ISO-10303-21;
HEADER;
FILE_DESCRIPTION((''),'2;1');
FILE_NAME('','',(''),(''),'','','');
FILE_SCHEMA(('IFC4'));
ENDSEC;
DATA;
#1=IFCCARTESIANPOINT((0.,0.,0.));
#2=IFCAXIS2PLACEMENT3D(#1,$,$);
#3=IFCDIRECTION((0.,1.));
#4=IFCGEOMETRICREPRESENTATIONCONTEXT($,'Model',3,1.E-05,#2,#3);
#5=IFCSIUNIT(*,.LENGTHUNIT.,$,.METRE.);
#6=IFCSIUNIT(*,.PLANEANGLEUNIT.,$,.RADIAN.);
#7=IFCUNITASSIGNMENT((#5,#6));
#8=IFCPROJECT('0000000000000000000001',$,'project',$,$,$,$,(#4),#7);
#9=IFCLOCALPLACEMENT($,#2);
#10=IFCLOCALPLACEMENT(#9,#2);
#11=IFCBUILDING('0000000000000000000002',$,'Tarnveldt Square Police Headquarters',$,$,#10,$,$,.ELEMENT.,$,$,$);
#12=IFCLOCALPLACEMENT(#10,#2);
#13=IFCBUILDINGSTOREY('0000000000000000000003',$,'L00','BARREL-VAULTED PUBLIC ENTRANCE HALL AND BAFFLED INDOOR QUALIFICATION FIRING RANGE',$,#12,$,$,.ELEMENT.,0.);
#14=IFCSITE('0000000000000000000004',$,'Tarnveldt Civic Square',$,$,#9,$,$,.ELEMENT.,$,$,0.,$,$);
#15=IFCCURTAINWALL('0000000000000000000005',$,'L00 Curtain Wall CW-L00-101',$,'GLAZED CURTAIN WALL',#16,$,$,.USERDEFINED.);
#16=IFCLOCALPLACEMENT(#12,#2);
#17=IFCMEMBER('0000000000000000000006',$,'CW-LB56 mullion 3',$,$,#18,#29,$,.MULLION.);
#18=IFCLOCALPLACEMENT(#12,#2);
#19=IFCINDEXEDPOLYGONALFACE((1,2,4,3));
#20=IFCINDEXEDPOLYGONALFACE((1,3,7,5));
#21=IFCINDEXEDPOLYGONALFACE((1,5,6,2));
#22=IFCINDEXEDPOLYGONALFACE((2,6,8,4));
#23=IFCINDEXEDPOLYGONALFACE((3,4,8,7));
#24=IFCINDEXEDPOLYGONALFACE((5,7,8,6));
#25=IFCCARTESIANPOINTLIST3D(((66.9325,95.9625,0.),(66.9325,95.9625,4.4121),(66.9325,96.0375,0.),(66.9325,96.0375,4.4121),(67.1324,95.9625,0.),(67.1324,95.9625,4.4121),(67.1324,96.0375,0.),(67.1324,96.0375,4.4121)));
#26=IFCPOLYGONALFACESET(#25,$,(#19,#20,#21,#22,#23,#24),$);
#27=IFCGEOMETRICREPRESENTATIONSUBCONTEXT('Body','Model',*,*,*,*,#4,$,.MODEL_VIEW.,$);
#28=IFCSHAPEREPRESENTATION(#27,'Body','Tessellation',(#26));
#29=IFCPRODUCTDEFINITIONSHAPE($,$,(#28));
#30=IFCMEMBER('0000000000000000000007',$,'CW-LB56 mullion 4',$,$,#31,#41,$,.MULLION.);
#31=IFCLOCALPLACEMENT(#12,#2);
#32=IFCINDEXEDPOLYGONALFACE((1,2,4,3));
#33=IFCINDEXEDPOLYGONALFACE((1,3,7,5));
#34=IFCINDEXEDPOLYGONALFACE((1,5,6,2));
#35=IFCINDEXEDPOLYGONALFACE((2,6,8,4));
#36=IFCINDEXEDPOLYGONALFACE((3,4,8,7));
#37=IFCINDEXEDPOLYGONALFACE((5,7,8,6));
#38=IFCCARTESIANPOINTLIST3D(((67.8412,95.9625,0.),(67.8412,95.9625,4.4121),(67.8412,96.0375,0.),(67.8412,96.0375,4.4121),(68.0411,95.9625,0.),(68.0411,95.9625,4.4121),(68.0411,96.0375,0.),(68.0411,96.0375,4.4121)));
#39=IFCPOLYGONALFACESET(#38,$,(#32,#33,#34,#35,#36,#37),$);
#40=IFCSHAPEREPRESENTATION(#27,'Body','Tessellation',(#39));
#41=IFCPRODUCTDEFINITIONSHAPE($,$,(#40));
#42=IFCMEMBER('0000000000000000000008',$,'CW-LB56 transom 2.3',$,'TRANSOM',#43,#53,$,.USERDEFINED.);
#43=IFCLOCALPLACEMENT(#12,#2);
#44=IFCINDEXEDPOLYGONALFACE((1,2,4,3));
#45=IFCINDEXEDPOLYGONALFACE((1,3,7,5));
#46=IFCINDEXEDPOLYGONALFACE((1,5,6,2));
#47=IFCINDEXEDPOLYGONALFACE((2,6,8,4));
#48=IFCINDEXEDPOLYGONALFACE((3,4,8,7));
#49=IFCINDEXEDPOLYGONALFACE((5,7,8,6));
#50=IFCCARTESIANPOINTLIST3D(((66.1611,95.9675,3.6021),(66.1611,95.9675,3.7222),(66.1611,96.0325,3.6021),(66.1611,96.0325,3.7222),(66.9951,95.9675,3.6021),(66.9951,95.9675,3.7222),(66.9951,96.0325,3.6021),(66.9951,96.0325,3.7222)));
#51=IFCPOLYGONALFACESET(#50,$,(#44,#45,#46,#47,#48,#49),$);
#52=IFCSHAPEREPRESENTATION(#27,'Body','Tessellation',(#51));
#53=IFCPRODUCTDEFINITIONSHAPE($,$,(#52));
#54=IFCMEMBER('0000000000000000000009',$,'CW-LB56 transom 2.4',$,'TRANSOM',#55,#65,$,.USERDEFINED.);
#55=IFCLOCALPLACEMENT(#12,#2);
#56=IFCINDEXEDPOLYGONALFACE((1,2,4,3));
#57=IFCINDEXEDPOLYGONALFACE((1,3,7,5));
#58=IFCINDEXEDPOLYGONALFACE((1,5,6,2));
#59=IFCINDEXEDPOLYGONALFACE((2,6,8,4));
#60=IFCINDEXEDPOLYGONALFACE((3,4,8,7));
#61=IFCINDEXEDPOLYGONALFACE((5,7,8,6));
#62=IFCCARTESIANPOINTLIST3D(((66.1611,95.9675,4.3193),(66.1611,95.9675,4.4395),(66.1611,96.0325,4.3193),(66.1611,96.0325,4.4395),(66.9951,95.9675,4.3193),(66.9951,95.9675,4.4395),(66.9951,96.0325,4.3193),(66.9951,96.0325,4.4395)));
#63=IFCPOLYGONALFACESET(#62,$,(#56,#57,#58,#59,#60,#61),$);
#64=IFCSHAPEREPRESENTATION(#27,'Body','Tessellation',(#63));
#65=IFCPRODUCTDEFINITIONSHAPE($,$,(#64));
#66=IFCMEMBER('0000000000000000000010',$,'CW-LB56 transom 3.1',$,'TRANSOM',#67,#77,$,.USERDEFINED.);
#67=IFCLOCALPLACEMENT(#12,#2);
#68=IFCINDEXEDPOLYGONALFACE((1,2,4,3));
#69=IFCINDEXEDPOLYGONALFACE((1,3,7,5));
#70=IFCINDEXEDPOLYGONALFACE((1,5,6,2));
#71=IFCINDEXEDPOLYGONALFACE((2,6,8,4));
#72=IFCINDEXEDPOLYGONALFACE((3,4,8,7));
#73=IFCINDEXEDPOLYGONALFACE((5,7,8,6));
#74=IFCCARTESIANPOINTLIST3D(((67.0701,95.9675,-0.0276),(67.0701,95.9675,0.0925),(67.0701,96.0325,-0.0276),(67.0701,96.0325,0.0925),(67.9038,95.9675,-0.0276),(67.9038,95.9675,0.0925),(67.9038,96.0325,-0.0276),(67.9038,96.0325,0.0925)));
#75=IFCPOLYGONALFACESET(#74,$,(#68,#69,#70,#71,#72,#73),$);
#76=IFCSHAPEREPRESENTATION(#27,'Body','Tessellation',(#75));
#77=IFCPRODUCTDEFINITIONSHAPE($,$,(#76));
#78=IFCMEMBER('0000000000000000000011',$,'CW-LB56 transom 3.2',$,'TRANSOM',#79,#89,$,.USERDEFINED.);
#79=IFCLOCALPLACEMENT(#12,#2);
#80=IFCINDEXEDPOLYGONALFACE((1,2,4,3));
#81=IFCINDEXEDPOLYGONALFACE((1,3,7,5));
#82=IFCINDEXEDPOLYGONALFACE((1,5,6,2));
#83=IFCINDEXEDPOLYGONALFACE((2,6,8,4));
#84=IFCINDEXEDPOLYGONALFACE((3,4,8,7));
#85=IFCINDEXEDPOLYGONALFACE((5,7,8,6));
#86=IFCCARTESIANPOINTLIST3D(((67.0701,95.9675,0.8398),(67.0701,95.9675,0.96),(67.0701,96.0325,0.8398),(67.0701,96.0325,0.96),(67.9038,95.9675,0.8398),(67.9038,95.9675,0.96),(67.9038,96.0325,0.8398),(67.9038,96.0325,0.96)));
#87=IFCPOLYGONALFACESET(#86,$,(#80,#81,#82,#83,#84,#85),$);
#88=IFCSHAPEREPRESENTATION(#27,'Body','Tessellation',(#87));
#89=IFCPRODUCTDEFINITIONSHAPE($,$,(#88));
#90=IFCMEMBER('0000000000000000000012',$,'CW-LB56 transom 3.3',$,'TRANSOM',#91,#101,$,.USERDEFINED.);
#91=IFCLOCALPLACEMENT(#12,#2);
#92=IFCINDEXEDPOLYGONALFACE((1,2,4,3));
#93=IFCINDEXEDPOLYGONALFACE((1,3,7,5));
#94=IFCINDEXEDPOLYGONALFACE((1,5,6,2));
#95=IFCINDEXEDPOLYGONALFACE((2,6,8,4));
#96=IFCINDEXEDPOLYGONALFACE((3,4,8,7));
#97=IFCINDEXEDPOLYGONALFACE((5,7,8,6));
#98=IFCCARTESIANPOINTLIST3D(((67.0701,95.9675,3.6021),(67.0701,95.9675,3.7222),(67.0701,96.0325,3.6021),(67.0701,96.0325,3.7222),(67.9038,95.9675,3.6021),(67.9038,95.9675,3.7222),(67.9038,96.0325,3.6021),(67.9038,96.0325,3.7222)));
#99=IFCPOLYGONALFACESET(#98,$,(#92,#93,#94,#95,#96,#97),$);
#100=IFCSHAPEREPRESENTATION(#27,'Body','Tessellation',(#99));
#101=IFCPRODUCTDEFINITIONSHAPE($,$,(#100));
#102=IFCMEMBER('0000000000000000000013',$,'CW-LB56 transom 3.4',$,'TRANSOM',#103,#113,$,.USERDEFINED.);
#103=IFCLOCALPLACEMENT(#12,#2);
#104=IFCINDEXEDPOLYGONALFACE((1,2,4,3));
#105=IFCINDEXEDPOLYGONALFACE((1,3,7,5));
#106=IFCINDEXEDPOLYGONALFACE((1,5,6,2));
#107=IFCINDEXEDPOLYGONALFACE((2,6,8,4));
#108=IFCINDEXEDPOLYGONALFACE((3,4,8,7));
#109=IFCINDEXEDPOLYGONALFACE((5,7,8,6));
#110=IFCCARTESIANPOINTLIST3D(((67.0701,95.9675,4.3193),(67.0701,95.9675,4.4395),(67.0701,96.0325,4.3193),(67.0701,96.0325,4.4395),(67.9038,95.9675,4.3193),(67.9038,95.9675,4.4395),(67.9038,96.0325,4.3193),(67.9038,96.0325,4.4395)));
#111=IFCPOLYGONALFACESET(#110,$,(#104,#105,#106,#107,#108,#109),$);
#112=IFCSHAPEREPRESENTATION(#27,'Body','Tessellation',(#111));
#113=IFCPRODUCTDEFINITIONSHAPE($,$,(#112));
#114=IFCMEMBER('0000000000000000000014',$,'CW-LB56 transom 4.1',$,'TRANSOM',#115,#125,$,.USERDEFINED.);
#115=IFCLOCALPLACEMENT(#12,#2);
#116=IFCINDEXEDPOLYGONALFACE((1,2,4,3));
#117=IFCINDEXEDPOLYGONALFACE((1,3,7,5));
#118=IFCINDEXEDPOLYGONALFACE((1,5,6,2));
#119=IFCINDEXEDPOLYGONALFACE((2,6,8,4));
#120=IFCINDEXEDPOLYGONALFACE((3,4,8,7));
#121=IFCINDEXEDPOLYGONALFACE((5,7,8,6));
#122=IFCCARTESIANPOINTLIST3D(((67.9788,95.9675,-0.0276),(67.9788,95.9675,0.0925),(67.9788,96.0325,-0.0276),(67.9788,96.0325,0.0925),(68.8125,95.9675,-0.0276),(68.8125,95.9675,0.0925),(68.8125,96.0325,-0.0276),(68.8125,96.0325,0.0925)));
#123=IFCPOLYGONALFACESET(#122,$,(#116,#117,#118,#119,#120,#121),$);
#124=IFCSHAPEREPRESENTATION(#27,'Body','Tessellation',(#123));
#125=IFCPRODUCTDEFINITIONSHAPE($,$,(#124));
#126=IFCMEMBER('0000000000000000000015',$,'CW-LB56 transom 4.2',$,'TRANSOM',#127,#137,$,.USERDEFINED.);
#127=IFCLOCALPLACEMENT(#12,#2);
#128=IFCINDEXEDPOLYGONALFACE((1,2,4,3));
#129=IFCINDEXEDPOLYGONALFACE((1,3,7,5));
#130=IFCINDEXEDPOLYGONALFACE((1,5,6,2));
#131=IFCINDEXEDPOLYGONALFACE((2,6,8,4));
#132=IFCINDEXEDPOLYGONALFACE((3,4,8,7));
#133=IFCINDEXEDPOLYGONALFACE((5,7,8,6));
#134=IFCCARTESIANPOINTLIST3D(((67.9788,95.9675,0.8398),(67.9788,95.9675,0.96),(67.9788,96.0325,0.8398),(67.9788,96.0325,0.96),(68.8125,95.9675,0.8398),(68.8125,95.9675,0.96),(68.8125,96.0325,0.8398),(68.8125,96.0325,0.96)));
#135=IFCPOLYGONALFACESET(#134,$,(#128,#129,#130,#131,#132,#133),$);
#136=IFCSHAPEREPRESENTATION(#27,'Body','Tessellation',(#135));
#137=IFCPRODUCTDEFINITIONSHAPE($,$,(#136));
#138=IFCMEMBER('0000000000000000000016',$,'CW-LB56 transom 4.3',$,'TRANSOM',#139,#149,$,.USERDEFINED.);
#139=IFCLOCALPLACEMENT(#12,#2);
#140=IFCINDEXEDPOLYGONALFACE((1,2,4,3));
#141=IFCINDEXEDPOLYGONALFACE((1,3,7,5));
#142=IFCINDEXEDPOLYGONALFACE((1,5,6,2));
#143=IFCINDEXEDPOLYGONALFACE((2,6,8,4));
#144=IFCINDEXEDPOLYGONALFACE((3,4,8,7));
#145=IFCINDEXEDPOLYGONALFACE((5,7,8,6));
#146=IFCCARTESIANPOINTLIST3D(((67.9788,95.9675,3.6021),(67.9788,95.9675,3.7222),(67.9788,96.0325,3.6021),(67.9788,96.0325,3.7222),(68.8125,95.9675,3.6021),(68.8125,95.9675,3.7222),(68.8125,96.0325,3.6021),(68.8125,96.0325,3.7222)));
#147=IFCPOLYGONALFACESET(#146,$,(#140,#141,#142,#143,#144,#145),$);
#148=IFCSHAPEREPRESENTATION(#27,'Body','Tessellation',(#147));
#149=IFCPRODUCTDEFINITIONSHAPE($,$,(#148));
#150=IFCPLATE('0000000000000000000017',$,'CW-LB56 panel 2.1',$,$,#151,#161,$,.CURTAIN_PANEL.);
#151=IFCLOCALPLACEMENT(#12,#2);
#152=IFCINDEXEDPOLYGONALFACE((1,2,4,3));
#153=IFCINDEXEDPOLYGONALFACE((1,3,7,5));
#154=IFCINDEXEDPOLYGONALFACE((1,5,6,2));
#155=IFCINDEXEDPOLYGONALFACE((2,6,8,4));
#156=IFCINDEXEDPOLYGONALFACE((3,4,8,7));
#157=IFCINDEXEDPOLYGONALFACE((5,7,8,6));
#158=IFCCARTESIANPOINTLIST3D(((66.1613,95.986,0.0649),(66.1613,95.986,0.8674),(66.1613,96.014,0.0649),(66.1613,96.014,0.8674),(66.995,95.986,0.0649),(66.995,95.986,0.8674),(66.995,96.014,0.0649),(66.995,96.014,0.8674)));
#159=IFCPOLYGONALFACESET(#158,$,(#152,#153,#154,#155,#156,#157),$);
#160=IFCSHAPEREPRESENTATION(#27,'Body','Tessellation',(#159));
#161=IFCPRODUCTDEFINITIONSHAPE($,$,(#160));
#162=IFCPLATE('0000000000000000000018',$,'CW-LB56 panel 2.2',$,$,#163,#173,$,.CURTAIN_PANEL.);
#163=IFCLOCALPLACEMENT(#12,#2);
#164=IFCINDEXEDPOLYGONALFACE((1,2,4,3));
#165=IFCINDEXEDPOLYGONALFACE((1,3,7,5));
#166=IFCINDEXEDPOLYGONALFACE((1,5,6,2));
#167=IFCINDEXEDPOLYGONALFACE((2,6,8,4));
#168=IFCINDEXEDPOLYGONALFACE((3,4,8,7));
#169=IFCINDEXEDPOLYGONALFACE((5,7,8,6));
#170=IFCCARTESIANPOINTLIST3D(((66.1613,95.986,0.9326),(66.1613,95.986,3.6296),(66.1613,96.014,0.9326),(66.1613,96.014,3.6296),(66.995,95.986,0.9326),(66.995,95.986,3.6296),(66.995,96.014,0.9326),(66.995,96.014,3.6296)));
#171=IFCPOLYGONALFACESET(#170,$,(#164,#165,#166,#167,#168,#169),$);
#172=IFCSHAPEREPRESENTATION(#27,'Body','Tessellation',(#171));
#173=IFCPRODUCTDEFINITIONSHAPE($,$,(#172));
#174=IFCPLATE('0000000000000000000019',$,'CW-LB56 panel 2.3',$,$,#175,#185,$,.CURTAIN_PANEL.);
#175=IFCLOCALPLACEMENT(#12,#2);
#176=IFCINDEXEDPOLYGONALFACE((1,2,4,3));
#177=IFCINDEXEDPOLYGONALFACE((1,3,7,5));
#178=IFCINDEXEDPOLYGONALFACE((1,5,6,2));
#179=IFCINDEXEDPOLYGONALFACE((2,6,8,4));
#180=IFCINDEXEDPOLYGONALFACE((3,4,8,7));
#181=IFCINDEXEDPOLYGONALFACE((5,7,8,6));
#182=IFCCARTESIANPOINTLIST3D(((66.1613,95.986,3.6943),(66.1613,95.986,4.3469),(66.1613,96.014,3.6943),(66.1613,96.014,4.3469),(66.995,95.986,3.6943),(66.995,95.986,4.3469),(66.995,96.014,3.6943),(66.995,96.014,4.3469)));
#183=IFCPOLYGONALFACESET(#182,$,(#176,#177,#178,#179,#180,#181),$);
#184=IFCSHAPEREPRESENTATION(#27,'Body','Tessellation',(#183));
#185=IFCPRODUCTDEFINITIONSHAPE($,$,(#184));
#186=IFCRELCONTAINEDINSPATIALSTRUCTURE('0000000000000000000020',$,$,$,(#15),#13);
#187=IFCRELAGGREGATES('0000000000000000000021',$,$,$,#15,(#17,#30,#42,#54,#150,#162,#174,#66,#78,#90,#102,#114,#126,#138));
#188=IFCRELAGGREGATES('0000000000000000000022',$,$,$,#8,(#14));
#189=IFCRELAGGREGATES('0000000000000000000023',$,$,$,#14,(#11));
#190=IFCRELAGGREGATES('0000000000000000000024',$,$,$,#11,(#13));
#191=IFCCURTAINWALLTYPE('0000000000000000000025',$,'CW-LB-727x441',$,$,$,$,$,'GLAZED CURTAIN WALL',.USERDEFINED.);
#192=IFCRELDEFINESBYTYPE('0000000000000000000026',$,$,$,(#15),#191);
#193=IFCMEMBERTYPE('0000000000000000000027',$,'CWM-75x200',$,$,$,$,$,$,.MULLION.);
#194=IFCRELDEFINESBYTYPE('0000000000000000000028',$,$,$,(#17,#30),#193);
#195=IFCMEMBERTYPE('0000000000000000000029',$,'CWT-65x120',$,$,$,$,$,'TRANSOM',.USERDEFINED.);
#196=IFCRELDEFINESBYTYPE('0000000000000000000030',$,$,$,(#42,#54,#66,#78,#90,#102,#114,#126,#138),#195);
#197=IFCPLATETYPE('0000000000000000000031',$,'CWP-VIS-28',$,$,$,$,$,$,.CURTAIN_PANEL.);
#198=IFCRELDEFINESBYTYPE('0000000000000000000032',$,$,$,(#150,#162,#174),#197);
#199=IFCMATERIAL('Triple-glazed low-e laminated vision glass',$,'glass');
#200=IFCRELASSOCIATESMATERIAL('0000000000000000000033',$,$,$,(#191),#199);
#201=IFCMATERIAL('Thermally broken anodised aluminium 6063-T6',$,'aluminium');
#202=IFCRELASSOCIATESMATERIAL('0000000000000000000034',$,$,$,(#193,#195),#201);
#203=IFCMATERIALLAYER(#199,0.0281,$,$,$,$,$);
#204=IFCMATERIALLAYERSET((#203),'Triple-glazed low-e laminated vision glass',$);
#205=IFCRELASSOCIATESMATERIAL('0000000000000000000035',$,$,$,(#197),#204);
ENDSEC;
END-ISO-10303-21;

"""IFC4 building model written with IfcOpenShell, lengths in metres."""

from ifc_helpers import new_model, si_unit, direction, frame, origin, origin_2d, place, context, subcontext, project, spatial, rectangle, extrude, material, layer, layer_set, material_profile, profile_set, type_object, element, aggregate, save


model = new_model("IFC4")

# Units and contexts
model_context = context("Model", 3, precision=1e-05, world=origin(), true_north=direction((0.0, 1.0)))
body_context = subcontext(model_context, "Body", "Model", "MODEL_VIEW")
ifc_project = project(units=[si_unit("LENGTHUNIT", "METRE"), si_unit("PLANEANGLEUNIT", "RADIAN")], contexts=[model_context])

# Site, building, storey
site_placement = place(None, origin())
site = spatial("IfcSite", under=ifc_project, at=site_placement, Name="Tarnveldt Civic Square", CompositionType="ELEMENT", RefElevation=0.0)
building_placement = place(site_placement, origin())
building = spatial("IfcBuilding", under=site, at=building_placement, Name="Tarnveldt Square Police Headquarters", CompositionType="ELEMENT")
storey_placement = place(building_placement, origin())
storey = spatial("IfcBuildingStorey", under=building, at=storey_placement, Name="L00", Description="BARREL-VAULTED PUBLIC ENTRANCE HALL AND BAFFLED INDOOR QUALIFICATION FIRING RANGE", CompositionType="ELEMENT", Elevation=0.0)

# Curtain wall, members, plates
ifc_material_1 = material(Name="Triple-glazed low-e laminated vision glass", Category="glass")
curtain_wall_type = type_object("IfcCurtainWallType", Name="CW-LB-727x441", ElementType="GLAZED CURTAIN WALL", PredefinedType="USERDEFINED", material=ifc_material_1)
curtain_wall_placement = place(storey_placement, origin())
curtain_wall = element("IfcCurtainWall", 1, at=curtain_wall_placement, inside=storey, type_object=curtain_wall_type, Name="L00 Curtain Wall CW-L00-101", ObjectType="GLAZED CURTAIN WALL", PredefinedType="USERDEFINED")
ifc_material_2 = material(Name="Thermally broken anodised aluminium 6063-T6", Category="aluminium")
ifc_material_profile_1 = material_profile(ifc_material_2, rectangle(XDim=0.075, YDim=0.2, at=origin_2d()), Name="CW-M75x200")
ifc_profile_set_1 = profile_set([ifc_material_profile_1], Name="Thermally broken anodised aluminium 6063-T6")
member_type_1 = type_object("IfcMemberType", Name="CWM-75x200", PredefinedType="MULLION", material=ifc_profile_set_1)
member_1_placement = place(storey_placement, frame((67.0325, 96.0, 0.0), z_axis=(0.0, 0.0, 1.0), x_axis=(0.0, 1.0, 0.0)))
member_1 = element("IfcMember", 2, at=member_1_placement, type_object=member_type_1, Name="CW-LB56 mullion 3", PredefinedType="MULLION", context=body_context, shape_type="SweptSolid", body=[
    extrude(rectangle(XDim=0.075, YDim=0.2, at=origin_2d()), origin(), (0.0, 0.0, 1.0), 4.4121),
])
member_2_placement = place(storey_placement, frame((67.9412, 96.0, 0.0), z_axis=(0.0, 0.0, 1.0), x_axis=(0.0, 1.0, 0.0)))
member_2 = element("IfcMember", 3, at=member_2_placement, type_object=member_type_1, Name="CW-LB56 mullion 4", PredefinedType="MULLION", context=body_context, shape_type="SweptSolid", body=[
    extrude(rectangle(XDim=0.075, YDim=0.2, at=origin_2d()), origin(), (0.0, 0.0, 1.0), 4.4121),
])
ifc_material_profile_2 = material_profile(ifc_material_2, rectangle(XDim=0.0649, YDim=0.1201, at=origin_2d()), Name="CW-T65x120")
ifc_profile_set_2 = profile_set([ifc_material_profile_2], Name="Thermally broken anodised aluminium 6063-T6")
member_type_2 = type_object("IfcMemberType", Name="CWT-65x120", ElementType="TRANSOM", PredefinedType="USERDEFINED", material=ifc_profile_set_2)
member_3_placement = place(storey_placement, frame((66.1611, 96.0, 3.6621), z_axis=(1.0, 0.0, 0.0), x_axis=(0.0, 1.0, 0.0)))
member_3 = element("IfcMember", 4, at=member_3_placement, type_object=member_type_2, Name="CW-LB56 transom 2.3", ObjectType="TRANSOM", PredefinedType="USERDEFINED", context=body_context, shape_type="SweptSolid", body=[
    extrude(rectangle(XDim=0.0649, YDim=0.1201, at=origin_2d()), origin(), (0.0, 0.0, 1.0), 0.834),
])
member_4_placement = place(storey_placement, frame((66.1611, 96.0, 4.3794), z_axis=(1.0, 0.0, 0.0), x_axis=(0.0, 1.0, 0.0)))
member_4 = element("IfcMember", 5, at=member_4_placement, type_object=member_type_2, Name="CW-LB56 transom 2.4", ObjectType="TRANSOM", PredefinedType="USERDEFINED", context=body_context, shape_type="SweptSolid", body=[
    extrude(rectangle(XDim=0.0649, YDim=0.1201, at=origin_2d()), origin(), (0.0, 0.0, 1.0), 0.834),
])
member_5_placement = place(storey_placement, frame((67.0701, 96.0, 0.0325), z_axis=(1.0, 0.0, 0.0), x_axis=(0.0, 1.0, 0.0)))
member_5 = element("IfcMember", 6, at=member_5_placement, type_object=member_type_2, Name="CW-LB56 transom 3.1", ObjectType="TRANSOM", PredefinedType="USERDEFINED", context=body_context, shape_type="SweptSolid", body=[
    extrude(rectangle(XDim=0.0649, YDim=0.1201, at=origin_2d()), origin(), (0.0, 0.0, 1.0), 0.8337),
])
member_6_placement = place(storey_placement, frame((67.0701, 96.0, 0.8999), z_axis=(1.0, 0.0, 0.0), x_axis=(0.0, 1.0, 0.0)))
member_6 = element("IfcMember", 7, at=member_6_placement, type_object=member_type_2, Name="CW-LB56 transom 3.2", ObjectType="TRANSOM", PredefinedType="USERDEFINED", context=body_context, shape_type="SweptSolid", body=[
    extrude(rectangle(XDim=0.0649, YDim=0.1201, at=origin_2d()), origin(), (0.0, 0.0, 1.0), 0.8337),
])
member_7_placement = place(storey_placement, frame((67.0701, 96.0, 3.6621), z_axis=(1.0, 0.0, 0.0), x_axis=(0.0, 1.0, 0.0)))
member_7 = element("IfcMember", 8, at=member_7_placement, type_object=member_type_2, Name="CW-LB56 transom 3.3", ObjectType="TRANSOM", PredefinedType="USERDEFINED", context=body_context, shape_type="SweptSolid", body=[
    extrude(rectangle(XDim=0.0649, YDim=0.1201, at=origin_2d()), origin(), (0.0, 0.0, 1.0), 0.8337),
])
member_8_placement = place(storey_placement, frame((67.0701, 96.0, 4.3794), z_axis=(1.0, 0.0, 0.0), x_axis=(0.0, 1.0, 0.0)))
member_8 = element("IfcMember", 9, at=member_8_placement, type_object=member_type_2, Name="CW-LB56 transom 3.4", ObjectType="TRANSOM", PredefinedType="USERDEFINED", context=body_context, shape_type="SweptSolid", body=[
    extrude(rectangle(XDim=0.0649, YDim=0.1201, at=origin_2d()), origin(), (0.0, 0.0, 1.0), 0.8337),
])
member_9_placement = place(storey_placement, frame((67.9788, 96.0, 0.0325), z_axis=(1.0, 0.0, 0.0), x_axis=(0.0, 1.0, 0.0)))
member_9 = element("IfcMember", 10, at=member_9_placement, type_object=member_type_2, Name="CW-LB56 transom 4.1", ObjectType="TRANSOM", PredefinedType="USERDEFINED", context=body_context, shape_type="SweptSolid", body=[
    extrude(rectangle(XDim=0.0649, YDim=0.1201, at=origin_2d()), origin(), (0.0, 0.0, 1.0), 0.8337),
])
member_10_placement = place(storey_placement, frame((67.9788, 96.0, 0.8999), z_axis=(1.0, 0.0, 0.0), x_axis=(0.0, 1.0, 0.0)))
member_10 = element("IfcMember", 11, at=member_10_placement, type_object=member_type_2, Name="CW-LB56 transom 4.2", ObjectType="TRANSOM", PredefinedType="USERDEFINED", context=body_context, shape_type="SweptSolid", body=[
    extrude(rectangle(XDim=0.0649, YDim=0.1201, at=origin_2d()), origin(), (0.0, 0.0, 1.0), 0.8337),
])
member_11_placement = place(storey_placement, frame((67.9788, 96.0, 3.6621), z_axis=(1.0, 0.0, 0.0), x_axis=(0.0, 1.0, 0.0)))
member_11 = element("IfcMember", 12, at=member_11_placement, type_object=member_type_2, Name="CW-LB56 transom 4.3", ObjectType="TRANSOM", PredefinedType="USERDEFINED", context=body_context, shape_type="SweptSolid", body=[
    extrude(rectangle(XDim=0.0649, YDim=0.1201, at=origin_2d()), origin(), (0.0, 0.0, 1.0), 0.8337),
])
ifc_layer = layer(ifc_material_1, 0.0281)
ifc_layer_set = layer_set([ifc_layer], Name="Triple-glazed low-e laminated vision glass")
plate_type = type_object("IfcPlateType", Name="CWP-VIS-28", PredefinedType="CURTAIN_PANEL", material=ifc_layer_set)
plate_1_placement = place(storey_placement, frame((66.5781, 96.0, 0.0649), z_axis=(0.0, 0.0, 1.0), x_axis=(1.0, 0.0, 0.0)))
plate_1 = element("IfcPlate", 13, at=plate_1_placement, type_object=plate_type, Name="CW-LB56 panel 2.1", PredefinedType="CURTAIN_PANEL", context=body_context, shape_type="SweptSolid", body=[
    extrude(rectangle(XDim=0.8337, YDim=0.0281, at=origin_2d()), origin(), (0.0, 0.0, 1.0), 0.8025),
])
plate_2_placement = place(storey_placement, frame((66.5781, 96.0, 0.9326), z_axis=(0.0, 0.0, 1.0), x_axis=(1.0, 0.0, 0.0)))
plate_2 = element("IfcPlate", 14, at=plate_2_placement, type_object=plate_type, Name="CW-LB56 panel 2.2", PredefinedType="CURTAIN_PANEL", context=body_context, shape_type="SweptSolid", body=[
    extrude(rectangle(XDim=0.8337, YDim=0.0281, at=origin_2d()), origin(), (0.0, 0.0, 1.0), 2.697),
])
plate_3_placement = place(storey_placement, frame((66.5781, 96.0, 3.6943), z_axis=(0.0, 0.0, 1.0), x_axis=(1.0, 0.0, 0.0)))
plate_3 = element("IfcPlate", 15, at=plate_3_placement, type_object=plate_type, Name="CW-LB56 panel 2.3", PredefinedType="CURTAIN_PANEL", context=body_context, shape_type="SweptSolid", body=[
    extrude(rectangle(XDim=0.8337, YDim=0.0281, at=origin_2d()), origin(), (0.0, 0.0, 1.0), 0.6526),
])
aggregate(curtain_wall, [member_1, member_2, member_3, member_4, plate_1, plate_2, plate_3, member_5, member_6, member_7, member_8, member_9, member_10, member_11])

save(model, "model.ifc")
